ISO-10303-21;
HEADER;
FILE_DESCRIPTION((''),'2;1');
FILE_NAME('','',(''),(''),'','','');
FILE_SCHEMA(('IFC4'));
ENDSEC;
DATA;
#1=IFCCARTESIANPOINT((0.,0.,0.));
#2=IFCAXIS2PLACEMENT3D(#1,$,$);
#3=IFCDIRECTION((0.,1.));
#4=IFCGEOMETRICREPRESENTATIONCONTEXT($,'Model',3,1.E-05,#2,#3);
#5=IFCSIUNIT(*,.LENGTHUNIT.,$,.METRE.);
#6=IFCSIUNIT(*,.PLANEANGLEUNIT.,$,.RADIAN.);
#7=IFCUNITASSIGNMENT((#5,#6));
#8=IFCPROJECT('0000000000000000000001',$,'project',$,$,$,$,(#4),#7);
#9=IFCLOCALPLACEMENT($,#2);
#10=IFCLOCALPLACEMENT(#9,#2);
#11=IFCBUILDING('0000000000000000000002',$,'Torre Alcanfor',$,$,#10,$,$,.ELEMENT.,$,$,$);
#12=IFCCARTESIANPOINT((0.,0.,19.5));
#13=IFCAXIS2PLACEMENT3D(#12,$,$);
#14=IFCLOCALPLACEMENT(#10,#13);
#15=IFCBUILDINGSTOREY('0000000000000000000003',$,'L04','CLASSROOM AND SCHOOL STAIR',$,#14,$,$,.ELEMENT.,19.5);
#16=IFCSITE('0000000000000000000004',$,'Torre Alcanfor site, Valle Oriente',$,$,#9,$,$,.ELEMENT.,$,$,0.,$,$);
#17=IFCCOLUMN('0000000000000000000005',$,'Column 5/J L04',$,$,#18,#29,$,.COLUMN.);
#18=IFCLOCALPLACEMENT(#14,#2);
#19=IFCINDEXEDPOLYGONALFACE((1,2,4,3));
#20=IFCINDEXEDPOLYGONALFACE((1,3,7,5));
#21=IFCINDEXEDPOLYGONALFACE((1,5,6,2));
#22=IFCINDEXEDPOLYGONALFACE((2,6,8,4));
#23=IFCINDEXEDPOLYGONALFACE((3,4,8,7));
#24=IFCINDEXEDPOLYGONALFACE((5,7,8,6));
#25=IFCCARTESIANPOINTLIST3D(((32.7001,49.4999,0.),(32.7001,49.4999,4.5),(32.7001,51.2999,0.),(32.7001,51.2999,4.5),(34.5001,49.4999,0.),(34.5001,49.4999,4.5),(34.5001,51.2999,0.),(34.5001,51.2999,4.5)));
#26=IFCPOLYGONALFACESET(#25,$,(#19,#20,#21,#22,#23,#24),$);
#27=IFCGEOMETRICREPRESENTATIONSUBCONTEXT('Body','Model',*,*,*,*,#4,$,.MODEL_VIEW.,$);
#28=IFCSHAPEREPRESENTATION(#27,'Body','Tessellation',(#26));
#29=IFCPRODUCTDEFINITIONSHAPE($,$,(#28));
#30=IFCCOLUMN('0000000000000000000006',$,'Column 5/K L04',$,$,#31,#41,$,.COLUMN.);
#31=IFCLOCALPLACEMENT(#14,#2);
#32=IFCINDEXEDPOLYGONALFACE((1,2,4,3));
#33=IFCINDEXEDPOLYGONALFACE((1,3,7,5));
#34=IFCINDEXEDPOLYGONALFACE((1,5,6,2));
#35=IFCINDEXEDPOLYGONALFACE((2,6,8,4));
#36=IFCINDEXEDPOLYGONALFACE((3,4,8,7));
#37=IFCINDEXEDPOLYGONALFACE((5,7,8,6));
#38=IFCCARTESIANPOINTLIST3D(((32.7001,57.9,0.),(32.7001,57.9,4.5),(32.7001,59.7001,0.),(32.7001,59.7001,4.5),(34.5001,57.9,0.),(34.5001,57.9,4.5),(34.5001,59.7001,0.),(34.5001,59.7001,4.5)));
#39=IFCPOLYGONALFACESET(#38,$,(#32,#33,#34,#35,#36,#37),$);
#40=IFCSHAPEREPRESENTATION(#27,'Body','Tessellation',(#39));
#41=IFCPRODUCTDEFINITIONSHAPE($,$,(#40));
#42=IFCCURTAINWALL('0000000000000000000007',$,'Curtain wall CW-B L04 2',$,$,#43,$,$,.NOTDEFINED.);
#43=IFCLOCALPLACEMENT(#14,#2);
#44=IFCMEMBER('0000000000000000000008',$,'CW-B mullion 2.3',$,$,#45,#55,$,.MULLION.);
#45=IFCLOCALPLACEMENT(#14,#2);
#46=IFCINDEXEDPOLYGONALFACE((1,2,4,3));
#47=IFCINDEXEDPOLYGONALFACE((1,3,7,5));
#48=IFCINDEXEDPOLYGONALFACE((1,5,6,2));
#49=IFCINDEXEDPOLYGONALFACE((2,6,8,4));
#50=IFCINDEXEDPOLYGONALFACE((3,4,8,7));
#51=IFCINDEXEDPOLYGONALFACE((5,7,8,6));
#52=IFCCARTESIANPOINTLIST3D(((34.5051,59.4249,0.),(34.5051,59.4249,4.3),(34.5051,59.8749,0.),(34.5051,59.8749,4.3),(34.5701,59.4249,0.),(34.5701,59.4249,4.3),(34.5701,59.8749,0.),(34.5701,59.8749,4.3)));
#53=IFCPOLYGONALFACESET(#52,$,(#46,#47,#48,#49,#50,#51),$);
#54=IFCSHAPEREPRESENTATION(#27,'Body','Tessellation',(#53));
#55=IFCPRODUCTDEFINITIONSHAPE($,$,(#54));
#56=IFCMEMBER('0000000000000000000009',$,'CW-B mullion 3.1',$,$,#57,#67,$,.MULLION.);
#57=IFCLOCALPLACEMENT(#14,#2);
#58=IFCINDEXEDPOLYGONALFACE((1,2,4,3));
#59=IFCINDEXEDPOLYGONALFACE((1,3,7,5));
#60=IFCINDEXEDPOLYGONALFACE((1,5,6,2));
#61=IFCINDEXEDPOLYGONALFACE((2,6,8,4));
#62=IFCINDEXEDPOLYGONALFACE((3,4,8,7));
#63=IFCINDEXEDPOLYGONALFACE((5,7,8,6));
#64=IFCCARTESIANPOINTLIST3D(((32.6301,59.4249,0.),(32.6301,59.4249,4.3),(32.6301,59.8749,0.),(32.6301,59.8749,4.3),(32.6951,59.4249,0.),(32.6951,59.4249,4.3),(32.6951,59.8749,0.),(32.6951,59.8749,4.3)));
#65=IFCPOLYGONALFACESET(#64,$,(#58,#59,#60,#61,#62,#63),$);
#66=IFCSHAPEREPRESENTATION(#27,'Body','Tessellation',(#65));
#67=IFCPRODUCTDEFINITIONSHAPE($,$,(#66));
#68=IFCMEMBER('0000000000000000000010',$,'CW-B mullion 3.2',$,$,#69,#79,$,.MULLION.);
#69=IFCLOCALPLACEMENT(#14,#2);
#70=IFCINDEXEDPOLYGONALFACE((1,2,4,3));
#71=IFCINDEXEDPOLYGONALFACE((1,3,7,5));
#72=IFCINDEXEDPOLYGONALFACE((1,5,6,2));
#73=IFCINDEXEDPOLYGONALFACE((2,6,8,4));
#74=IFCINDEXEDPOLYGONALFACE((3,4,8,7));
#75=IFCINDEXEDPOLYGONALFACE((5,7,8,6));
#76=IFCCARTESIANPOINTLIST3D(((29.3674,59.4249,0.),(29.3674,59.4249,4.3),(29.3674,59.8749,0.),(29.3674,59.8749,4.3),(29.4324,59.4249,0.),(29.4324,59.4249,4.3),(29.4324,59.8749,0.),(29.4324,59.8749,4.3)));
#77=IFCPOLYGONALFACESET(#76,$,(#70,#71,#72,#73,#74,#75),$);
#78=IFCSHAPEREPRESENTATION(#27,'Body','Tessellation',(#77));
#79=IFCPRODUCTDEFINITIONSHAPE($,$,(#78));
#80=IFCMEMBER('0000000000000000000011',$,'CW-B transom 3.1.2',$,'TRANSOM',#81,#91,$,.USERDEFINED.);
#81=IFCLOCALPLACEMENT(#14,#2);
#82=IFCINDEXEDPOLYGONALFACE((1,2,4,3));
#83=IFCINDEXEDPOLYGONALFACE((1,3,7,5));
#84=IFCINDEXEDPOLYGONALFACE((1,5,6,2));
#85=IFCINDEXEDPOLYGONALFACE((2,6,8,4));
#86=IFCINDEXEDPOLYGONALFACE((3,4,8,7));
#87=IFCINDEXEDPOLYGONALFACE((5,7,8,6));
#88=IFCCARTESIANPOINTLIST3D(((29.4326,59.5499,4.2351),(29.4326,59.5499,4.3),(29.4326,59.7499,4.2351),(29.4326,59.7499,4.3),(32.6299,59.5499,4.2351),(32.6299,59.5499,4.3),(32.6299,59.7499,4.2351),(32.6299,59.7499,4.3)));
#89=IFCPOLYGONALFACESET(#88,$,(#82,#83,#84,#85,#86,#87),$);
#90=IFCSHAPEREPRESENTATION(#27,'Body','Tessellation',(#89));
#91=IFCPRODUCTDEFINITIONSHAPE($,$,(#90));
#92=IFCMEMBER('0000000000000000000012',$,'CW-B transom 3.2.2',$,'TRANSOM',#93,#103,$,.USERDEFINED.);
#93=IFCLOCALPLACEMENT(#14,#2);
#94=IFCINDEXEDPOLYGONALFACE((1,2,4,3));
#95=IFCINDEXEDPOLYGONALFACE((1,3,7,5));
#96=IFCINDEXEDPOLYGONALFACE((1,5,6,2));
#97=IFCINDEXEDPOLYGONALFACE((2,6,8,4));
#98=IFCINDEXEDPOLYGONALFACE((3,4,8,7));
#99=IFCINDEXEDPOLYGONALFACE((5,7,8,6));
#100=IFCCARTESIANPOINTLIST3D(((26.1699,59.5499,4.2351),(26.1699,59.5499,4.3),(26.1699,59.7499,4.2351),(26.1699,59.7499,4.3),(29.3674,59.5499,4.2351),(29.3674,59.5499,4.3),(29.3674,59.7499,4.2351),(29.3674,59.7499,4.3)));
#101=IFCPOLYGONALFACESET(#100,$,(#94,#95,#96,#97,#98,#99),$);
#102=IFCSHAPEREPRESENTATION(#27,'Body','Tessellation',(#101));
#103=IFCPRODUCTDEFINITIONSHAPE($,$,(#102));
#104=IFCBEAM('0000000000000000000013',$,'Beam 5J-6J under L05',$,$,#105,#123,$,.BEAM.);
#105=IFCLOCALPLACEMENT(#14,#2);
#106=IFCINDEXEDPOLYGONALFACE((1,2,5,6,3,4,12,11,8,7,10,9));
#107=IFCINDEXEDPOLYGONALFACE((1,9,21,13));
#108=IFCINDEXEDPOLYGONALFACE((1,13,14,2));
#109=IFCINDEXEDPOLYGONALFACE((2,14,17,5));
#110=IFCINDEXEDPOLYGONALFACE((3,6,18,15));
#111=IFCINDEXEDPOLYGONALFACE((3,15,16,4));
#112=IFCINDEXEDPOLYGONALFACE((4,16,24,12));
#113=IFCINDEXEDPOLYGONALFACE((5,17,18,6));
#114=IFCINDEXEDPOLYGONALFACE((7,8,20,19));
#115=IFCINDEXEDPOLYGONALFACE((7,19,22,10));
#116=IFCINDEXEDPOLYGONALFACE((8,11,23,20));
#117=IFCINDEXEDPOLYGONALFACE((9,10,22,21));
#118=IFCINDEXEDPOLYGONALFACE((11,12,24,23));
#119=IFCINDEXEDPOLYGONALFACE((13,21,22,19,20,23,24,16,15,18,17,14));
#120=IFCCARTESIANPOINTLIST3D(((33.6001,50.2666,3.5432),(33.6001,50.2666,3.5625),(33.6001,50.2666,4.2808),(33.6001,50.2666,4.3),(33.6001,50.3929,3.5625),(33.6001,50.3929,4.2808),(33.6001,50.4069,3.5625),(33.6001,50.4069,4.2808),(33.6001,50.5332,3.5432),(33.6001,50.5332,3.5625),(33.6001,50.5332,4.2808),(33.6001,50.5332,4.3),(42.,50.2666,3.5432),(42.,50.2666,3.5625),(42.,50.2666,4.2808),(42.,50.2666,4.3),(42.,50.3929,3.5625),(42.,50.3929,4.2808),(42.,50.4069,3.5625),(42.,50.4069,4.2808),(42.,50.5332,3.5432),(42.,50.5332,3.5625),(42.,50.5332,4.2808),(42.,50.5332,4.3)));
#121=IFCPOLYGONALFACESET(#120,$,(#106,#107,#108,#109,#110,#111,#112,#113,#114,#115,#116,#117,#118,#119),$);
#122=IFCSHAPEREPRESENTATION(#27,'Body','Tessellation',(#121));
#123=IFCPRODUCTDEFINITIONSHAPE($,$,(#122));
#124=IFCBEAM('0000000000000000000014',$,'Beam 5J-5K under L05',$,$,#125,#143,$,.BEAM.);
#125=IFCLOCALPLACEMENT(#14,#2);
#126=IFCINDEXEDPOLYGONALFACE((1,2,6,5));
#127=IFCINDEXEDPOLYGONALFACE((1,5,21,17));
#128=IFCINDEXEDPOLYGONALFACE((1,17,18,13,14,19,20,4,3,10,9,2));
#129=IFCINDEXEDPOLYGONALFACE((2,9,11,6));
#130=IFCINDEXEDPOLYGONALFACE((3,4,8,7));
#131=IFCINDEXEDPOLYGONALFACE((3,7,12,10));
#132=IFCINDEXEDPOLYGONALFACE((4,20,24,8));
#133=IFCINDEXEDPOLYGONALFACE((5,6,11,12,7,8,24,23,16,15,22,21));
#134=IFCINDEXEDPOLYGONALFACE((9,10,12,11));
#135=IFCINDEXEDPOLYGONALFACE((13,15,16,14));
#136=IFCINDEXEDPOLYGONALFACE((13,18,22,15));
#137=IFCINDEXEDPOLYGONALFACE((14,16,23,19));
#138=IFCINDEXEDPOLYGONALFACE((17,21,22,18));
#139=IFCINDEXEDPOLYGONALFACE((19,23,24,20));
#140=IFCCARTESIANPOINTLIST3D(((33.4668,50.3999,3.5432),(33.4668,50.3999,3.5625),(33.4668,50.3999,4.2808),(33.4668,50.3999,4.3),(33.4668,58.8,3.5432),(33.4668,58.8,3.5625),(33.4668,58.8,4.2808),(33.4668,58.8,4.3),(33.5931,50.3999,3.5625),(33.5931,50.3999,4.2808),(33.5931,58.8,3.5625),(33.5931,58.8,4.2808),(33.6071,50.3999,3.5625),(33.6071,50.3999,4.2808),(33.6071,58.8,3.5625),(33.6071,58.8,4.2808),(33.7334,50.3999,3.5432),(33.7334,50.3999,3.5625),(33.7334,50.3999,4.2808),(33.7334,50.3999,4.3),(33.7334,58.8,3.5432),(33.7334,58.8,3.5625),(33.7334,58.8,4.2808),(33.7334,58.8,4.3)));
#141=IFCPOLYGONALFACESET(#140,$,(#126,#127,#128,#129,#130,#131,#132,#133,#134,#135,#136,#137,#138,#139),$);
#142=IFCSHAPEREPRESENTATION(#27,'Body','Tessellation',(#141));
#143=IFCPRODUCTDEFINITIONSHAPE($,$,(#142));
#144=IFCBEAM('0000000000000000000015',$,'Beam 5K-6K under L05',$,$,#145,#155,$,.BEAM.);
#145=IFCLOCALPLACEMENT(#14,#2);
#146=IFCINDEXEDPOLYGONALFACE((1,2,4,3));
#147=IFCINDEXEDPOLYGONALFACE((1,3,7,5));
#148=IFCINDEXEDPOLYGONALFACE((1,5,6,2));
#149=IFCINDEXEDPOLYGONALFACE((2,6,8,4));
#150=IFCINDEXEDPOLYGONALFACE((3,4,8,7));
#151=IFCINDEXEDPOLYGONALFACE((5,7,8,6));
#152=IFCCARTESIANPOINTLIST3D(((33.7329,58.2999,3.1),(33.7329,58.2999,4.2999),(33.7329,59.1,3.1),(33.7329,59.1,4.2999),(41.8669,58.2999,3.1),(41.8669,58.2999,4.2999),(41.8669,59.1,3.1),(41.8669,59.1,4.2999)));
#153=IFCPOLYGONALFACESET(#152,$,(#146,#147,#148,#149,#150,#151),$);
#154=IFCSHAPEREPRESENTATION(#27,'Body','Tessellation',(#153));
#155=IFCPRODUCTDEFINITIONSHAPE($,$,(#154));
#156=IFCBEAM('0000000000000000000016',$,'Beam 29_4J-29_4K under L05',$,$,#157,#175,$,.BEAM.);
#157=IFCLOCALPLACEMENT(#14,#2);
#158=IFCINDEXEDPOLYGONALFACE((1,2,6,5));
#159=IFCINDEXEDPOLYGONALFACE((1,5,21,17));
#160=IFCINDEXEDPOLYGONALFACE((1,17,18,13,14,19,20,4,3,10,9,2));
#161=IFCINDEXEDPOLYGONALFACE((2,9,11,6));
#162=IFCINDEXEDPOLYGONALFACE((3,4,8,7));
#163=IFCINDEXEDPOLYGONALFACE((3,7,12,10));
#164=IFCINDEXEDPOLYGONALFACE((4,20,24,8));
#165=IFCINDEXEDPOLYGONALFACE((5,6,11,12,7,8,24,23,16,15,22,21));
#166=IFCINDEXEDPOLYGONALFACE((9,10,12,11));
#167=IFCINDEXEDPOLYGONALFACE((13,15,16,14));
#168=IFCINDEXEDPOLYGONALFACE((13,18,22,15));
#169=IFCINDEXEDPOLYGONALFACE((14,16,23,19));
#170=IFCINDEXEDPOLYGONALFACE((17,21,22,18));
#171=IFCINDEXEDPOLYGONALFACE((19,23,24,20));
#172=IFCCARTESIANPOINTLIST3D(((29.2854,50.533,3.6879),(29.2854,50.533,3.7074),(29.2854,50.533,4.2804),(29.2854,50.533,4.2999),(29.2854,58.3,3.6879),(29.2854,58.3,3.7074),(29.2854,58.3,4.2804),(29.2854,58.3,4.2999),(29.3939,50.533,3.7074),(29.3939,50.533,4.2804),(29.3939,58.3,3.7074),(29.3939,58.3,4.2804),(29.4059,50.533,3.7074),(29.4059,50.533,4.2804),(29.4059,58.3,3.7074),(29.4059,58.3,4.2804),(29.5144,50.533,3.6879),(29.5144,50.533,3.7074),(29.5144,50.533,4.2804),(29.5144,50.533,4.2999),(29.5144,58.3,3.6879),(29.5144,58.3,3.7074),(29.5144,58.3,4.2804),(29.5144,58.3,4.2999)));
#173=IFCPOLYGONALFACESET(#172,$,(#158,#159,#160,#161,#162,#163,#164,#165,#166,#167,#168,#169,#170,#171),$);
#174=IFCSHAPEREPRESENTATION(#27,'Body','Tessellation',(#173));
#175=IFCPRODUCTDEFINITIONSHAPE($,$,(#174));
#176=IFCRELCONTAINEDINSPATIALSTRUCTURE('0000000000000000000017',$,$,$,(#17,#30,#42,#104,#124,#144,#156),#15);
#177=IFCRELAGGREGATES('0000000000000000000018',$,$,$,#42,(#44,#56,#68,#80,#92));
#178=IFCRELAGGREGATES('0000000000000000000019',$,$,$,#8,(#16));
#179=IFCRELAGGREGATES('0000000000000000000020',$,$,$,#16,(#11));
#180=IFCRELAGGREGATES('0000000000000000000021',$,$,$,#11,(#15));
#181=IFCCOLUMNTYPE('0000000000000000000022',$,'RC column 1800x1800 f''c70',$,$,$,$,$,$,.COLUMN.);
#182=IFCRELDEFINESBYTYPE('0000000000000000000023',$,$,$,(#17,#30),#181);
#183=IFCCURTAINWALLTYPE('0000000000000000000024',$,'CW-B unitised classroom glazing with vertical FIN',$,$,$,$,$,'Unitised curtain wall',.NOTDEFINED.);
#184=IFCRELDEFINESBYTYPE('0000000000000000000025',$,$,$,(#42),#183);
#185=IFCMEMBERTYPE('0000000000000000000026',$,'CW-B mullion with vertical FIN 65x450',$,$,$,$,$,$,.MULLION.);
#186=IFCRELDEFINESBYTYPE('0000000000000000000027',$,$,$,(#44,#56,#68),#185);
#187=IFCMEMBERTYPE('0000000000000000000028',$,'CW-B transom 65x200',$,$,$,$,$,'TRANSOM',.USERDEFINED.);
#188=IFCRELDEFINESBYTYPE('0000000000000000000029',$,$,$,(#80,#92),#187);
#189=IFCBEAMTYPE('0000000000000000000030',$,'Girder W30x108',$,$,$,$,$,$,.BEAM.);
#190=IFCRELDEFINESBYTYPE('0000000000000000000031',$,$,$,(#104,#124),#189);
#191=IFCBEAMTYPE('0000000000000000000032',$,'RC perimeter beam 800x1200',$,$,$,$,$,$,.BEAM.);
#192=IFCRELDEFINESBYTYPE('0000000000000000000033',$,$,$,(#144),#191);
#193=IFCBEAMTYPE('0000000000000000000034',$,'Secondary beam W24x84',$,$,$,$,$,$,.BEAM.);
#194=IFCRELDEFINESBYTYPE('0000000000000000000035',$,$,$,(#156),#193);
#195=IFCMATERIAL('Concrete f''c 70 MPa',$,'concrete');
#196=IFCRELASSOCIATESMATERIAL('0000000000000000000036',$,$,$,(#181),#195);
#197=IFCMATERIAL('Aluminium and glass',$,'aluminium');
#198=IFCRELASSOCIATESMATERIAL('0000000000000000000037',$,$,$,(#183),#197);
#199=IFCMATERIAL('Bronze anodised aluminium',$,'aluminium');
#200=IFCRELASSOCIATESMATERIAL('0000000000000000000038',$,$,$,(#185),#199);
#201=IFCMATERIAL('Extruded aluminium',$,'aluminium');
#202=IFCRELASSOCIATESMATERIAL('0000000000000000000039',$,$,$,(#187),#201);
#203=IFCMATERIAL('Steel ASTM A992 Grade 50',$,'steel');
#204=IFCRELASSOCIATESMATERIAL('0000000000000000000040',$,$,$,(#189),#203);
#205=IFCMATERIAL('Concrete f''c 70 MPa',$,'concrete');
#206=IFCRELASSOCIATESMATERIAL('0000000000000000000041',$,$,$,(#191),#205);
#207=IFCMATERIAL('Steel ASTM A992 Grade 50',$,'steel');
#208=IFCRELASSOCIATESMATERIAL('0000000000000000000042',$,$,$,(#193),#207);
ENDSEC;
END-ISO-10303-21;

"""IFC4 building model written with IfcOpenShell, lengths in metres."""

from ifc_helpers import new_model, si_unit, direction, frame, origin, origin_2d, place, context, subcontext, project, spatial, rectangle, i_section, extrude, material, material_profile, profile_set, type_object, element, aggregate, save


model = new_model("IFC4")

# Units and contexts
model_context = context("Model", 3, precision=1e-05, world=origin(), true_north=direction((0.0, 1.0)))
body_context = subcontext(model_context, "Body", "Model", "MODEL_VIEW")
ifc_project = project(units=[si_unit("LENGTHUNIT", "METRE"), si_unit("PLANEANGLEUNIT", "RADIAN")], contexts=[model_context])

# Site, building, storey
site_placement = place(None, origin())
site = spatial("IfcSite", under=ifc_project, at=site_placement, Name="Torre Alcanfor site, Valle Oriente", CompositionType="ELEMENT", RefElevation=0.0)
building_placement = place(site_placement, origin())
building = spatial("IfcBuilding", under=site, at=building_placement, Name="Torre Alcanfor", CompositionType="ELEMENT")
storey_placement = place(building_placement, frame((0.0, 0.0, 19.5)))
storey = spatial("IfcBuildingStorey", under=building, at=storey_placement, Name="L04", Description="CLASSROOM AND SCHOOL STAIR", CompositionType="ELEMENT", Elevation=19.5)

# Columns
ifc_material_1 = material(Name="Concrete f'c 70 MPa", Category="concrete")
ifc_material_profile_1 = material_profile(ifc_material_1, rectangle(XDim=1.8, YDim=1.8, at=origin_2d()), Name="1800x1800")
ifc_profile_set_1 = profile_set([ifc_material_profile_1], Name="Concrete f'c 70 MPa")
column_type = type_object("IfcColumnType", Name="RC column 1800x1800 f'c70", PredefinedType="COLUMN", material=ifc_profile_set_1)
for number, where, z_axis, x_axis, name in (
    (1, (33.6001, 50.3999, 0.0), (0.0, 0.0, 1.0), (1.0, 0.0, 0.0), "Column 5/J L04"),
    (2, (33.6001, 58.8, 0.0), (0.0, 0.0, 1.0), (1.0, 0.0, 0.0), "Column 5/K L04"),
):
    element("IfcColumn", number, at=place(storey_placement, frame(where, z_axis=z_axis, x_axis=x_axis)), inside=storey, type_object=column_type, Name=name, PredefinedType="COLUMN", context=body_context, shape_type="SweptSolid", body=[
        extrude(rectangle(XDim=1.8, YDim=1.8, at=origin_2d()), origin(), (0.0, 0.0, 1.0), 4.5),
    ])

# Curtain wall, members
ifc_material_2 = material(Name="Aluminium and glass", Category="aluminium")
curtain_wall_type = type_object("IfcCurtainWallType", Name="CW-B unitised classroom glazing with vertical FIN", ElementType="Unitised curtain wall", PredefinedType="NOTDEFINED", material=ifc_material_2)
curtain_wall_placement = place(storey_placement, origin())
curtain_wall = element("IfcCurtainWall", 3, at=curtain_wall_placement, inside=storey, type_object=curtain_wall_type, Name="Curtain wall CW-B L04 2", PredefinedType="NOTDEFINED")
ifc_material_3 = material(Name="Bronze anodised aluminium", Category="aluminium")
ifc_material_profile_2 = material_profile(ifc_material_3, rectangle(XDim=0.45, YDim=0.0649, at=origin_2d()), Name="CW-B mullion 65x450")
ifc_profile_set_2 = profile_set([ifc_material_profile_2], Name="Bronze anodised aluminium")
member_type_1 = type_object("IfcMemberType", Name="CW-B mullion with vertical FIN 65x450", PredefinedType="MULLION", material=ifc_profile_set_2)
member_1_placement = place(storey_placement, frame((34.5376, 59.6499, 0.0), z_axis=(0.0, 0.0, 1.0), x_axis=(0.0, -1.0, 0.0)))
member_1 = element("IfcMember", 4, at=member_1_placement, type_object=member_type_1, Name="CW-B mullion 2.3", PredefinedType="MULLION", context=body_context, shape_type="SweptSolid", body=[
    extrude(rectangle(XDim=0.45, YDim=0.0649, at=origin_2d()), origin(), (0.0, 0.0, 1.0), 4.3),
])
member_2_placement = place(storey_placement, frame((32.6626, 59.6499, 0.0), z_axis=(0.0, 0.0, 1.0), x_axis=(0.0, -1.0, 0.0)))
member_2 = element("IfcMember", 5, at=member_2_placement, type_object=member_type_1, Name="CW-B mullion 3.1", PredefinedType="MULLION", context=body_context, shape_type="SweptSolid", body=[
    extrude(rectangle(XDim=0.45, YDim=0.0649, at=origin_2d()), origin(), (0.0, 0.0, 1.0), 4.3),
])
member_3_placement = place(storey_placement, frame((29.3999, 59.6499, 0.0), z_axis=(0.0, 0.0, 1.0), x_axis=(0.0, -1.0, 0.0)))
member_3 = element("IfcMember", 6, at=member_3_placement, type_object=member_type_1, Name="CW-B mullion 3.2", PredefinedType="MULLION", context=body_context, shape_type="SweptSolid", body=[
    extrude(rectangle(XDim=0.45, YDim=0.0649, at=origin_2d()), origin(), (0.0, 0.0, 1.0), 4.3),
])
ifc_material_4 = material(Name="Extruded aluminium", Category="aluminium")
ifc_material_profile_3 = material_profile(ifc_material_4, rectangle(XDim=0.2, YDim=0.0649, at=origin_2d()), Name="CW-B transom 200x65")
ifc_profile_set_3 = profile_set([ifc_material_profile_3], Name="Extruded aluminium")
member_type_2 = type_object("IfcMemberType", Name="CW-B transom 65x200", ElementType="TRANSOM", PredefinedType="USERDEFINED", material=ifc_profile_set_3)
member_4_placement = place(storey_placement, frame((32.6299, 59.6499, 4.2676), z_axis=(-1.0, 0.0, 0.0), x_axis=(0.0, -1.0, 0.0)))
member_4 = element("IfcMember", 7, at=member_4_placement, type_object=member_type_2, Name="CW-B transom 3.1.2", ObjectType="TRANSOM", PredefinedType="USERDEFINED", context=body_context, shape_type="SweptSolid", body=[
    extrude(rectangle(XDim=0.2, YDim=0.0649, at=origin_2d()), origin(), (0.0, 0.0, 1.0), 3.1973),
])
member_5_placement = place(storey_placement, frame((29.3674, 59.6499, 4.2676), z_axis=(-1.0, 0.0, 0.0), x_axis=(0.0, -1.0, 0.0)))
member_5 = element("IfcMember", 8, at=member_5_placement, type_object=member_type_2, Name="CW-B transom 3.2.2", ObjectType="TRANSOM", PredefinedType="USERDEFINED", context=body_context, shape_type="SweptSolid", body=[
    extrude(rectangle(XDim=0.2, YDim=0.0649, at=origin_2d()), origin(), (0.0, 0.0, 1.0), 3.1975),
])

# Beams
ifc_material_5 = material(Name="Steel ASTM A992 Grade 50", Category="steel")
ifc_material_profile_4 = material_profile(ifc_material_5, i_section(OverallWidth=0.2666, OverallDepth=0.7568, WebThickness=0.0139, FlangeThickness=0.0193, at=origin_2d()), Name="W30x108")
ifc_profile_set_4 = profile_set([ifc_material_profile_4], Name="Steel ASTM A992 Grade 50")
beam_type_1 = type_object("IfcBeamType", Name="Girder W30x108", PredefinedType="BEAM", material=ifc_profile_set_4)
beam_1_placement = place(storey_placement, frame((33.6001, 50.3999, 3.9216), z_axis=(1.0, 0.0, 0.0), x_axis=(0.0, 1.0, 0.0)))
element("IfcBeam", 9, at=beam_1_placement, inside=storey, type_object=beam_type_1, Name="Beam 5J-6J under L05", PredefinedType="BEAM", context=body_context, shape_type="SweptSolid", body=[
    extrude(i_section(OverallWidth=0.2666, OverallDepth=0.7568, WebThickness=0.0139, FlangeThickness=0.0193, at=origin_2d()), origin(), (0.0, 0.0, 1.0), 8.3999),
])
beam_2_placement = place(storey_placement, frame((33.6001, 50.3999, 3.9216), z_axis=(0.0, 1.0, 0.0), x_axis=(-1.0, 0.0, 0.0)))
element("IfcBeam", 10, at=beam_2_placement, inside=storey, type_object=beam_type_1, Name="Beam 5J-5K under L05", PredefinedType="BEAM", context=body_context, shape_type="SweptSolid", body=[
    extrude(i_section(OverallWidth=0.2666, OverallDepth=0.7568, WebThickness=0.0139, FlangeThickness=0.0193, at=origin_2d()), origin(), (0.0, 0.0, 1.0), 8.4001),
])
ifc_material_6 = material(Name="Concrete f'c 70 MPa", Category="concrete")
ifc_material_profile_5 = material_profile(ifc_material_6, rectangle(XDim=0.8, YDim=1.2, at=origin_2d()), Name="800x1200")
ifc_profile_set_5 = profile_set([ifc_material_profile_5], Name="Concrete f'c 70 MPa")
beam_type_2 = type_object("IfcBeamType", Name="RC perimeter beam 800x1200", PredefinedType="BEAM", material=ifc_profile_set_5)
beam_3_placement = place(storey_placement, frame((33.7329, 58.7, 3.7), z_axis=(1.0, 0.0, 0.0), x_axis=(0.0, 1.0, 0.0)))
element("IfcBeam", 11, at=beam_3_placement, inside=storey, type_object=beam_type_2, Name="Beam 5K-6K under L05", PredefinedType="BEAM", context=body_context, shape_type="SweptSolid", body=[
    extrude(rectangle(XDim=0.8, YDim=1.2, at=origin_2d()), origin(), (0.0, 0.0, 1.0), 8.134),
])
ifc_material_7 = material(Name="Steel ASTM A992 Grade 50", Category="steel")
ifc_material_profile_6 = material_profile(ifc_material_7, i_section(OverallWidth=0.229, OverallDepth=0.6121, WebThickness=0.012, FlangeThickness=0.0195, at=origin_2d()), Name="W24x84")
ifc_profile_set_6 = profile_set([ifc_material_profile_6], Name="Steel ASTM A992 Grade 50")
beam_type_3 = type_object("IfcBeamType", Name="Secondary beam W24x84", PredefinedType="BEAM", material=ifc_profile_set_6)
beam_4_placement = place(storey_placement, frame((29.3999, 50.533, 3.9939), z_axis=(0.0, 1.0, 0.0), x_axis=(-1.0, 0.0, 0.0)))
element("IfcBeam", 12, at=beam_4_placement, inside=storey, type_object=beam_type_3, Name="Beam 29_4J-29_4K under L05", PredefinedType="BEAM", context=body_context, shape_type="SweptSolid", body=[
    extrude(i_section(OverallWidth=0.229, OverallDepth=0.6121, WebThickness=0.012, FlangeThickness=0.0195, at=origin_2d()), origin(), (0.0, 0.0, 1.0), 7.7671),
])

aggregate(curtain_wall, [member_1, member_2, member_3, member_4, member_5])

save(model, "model.ifc")
